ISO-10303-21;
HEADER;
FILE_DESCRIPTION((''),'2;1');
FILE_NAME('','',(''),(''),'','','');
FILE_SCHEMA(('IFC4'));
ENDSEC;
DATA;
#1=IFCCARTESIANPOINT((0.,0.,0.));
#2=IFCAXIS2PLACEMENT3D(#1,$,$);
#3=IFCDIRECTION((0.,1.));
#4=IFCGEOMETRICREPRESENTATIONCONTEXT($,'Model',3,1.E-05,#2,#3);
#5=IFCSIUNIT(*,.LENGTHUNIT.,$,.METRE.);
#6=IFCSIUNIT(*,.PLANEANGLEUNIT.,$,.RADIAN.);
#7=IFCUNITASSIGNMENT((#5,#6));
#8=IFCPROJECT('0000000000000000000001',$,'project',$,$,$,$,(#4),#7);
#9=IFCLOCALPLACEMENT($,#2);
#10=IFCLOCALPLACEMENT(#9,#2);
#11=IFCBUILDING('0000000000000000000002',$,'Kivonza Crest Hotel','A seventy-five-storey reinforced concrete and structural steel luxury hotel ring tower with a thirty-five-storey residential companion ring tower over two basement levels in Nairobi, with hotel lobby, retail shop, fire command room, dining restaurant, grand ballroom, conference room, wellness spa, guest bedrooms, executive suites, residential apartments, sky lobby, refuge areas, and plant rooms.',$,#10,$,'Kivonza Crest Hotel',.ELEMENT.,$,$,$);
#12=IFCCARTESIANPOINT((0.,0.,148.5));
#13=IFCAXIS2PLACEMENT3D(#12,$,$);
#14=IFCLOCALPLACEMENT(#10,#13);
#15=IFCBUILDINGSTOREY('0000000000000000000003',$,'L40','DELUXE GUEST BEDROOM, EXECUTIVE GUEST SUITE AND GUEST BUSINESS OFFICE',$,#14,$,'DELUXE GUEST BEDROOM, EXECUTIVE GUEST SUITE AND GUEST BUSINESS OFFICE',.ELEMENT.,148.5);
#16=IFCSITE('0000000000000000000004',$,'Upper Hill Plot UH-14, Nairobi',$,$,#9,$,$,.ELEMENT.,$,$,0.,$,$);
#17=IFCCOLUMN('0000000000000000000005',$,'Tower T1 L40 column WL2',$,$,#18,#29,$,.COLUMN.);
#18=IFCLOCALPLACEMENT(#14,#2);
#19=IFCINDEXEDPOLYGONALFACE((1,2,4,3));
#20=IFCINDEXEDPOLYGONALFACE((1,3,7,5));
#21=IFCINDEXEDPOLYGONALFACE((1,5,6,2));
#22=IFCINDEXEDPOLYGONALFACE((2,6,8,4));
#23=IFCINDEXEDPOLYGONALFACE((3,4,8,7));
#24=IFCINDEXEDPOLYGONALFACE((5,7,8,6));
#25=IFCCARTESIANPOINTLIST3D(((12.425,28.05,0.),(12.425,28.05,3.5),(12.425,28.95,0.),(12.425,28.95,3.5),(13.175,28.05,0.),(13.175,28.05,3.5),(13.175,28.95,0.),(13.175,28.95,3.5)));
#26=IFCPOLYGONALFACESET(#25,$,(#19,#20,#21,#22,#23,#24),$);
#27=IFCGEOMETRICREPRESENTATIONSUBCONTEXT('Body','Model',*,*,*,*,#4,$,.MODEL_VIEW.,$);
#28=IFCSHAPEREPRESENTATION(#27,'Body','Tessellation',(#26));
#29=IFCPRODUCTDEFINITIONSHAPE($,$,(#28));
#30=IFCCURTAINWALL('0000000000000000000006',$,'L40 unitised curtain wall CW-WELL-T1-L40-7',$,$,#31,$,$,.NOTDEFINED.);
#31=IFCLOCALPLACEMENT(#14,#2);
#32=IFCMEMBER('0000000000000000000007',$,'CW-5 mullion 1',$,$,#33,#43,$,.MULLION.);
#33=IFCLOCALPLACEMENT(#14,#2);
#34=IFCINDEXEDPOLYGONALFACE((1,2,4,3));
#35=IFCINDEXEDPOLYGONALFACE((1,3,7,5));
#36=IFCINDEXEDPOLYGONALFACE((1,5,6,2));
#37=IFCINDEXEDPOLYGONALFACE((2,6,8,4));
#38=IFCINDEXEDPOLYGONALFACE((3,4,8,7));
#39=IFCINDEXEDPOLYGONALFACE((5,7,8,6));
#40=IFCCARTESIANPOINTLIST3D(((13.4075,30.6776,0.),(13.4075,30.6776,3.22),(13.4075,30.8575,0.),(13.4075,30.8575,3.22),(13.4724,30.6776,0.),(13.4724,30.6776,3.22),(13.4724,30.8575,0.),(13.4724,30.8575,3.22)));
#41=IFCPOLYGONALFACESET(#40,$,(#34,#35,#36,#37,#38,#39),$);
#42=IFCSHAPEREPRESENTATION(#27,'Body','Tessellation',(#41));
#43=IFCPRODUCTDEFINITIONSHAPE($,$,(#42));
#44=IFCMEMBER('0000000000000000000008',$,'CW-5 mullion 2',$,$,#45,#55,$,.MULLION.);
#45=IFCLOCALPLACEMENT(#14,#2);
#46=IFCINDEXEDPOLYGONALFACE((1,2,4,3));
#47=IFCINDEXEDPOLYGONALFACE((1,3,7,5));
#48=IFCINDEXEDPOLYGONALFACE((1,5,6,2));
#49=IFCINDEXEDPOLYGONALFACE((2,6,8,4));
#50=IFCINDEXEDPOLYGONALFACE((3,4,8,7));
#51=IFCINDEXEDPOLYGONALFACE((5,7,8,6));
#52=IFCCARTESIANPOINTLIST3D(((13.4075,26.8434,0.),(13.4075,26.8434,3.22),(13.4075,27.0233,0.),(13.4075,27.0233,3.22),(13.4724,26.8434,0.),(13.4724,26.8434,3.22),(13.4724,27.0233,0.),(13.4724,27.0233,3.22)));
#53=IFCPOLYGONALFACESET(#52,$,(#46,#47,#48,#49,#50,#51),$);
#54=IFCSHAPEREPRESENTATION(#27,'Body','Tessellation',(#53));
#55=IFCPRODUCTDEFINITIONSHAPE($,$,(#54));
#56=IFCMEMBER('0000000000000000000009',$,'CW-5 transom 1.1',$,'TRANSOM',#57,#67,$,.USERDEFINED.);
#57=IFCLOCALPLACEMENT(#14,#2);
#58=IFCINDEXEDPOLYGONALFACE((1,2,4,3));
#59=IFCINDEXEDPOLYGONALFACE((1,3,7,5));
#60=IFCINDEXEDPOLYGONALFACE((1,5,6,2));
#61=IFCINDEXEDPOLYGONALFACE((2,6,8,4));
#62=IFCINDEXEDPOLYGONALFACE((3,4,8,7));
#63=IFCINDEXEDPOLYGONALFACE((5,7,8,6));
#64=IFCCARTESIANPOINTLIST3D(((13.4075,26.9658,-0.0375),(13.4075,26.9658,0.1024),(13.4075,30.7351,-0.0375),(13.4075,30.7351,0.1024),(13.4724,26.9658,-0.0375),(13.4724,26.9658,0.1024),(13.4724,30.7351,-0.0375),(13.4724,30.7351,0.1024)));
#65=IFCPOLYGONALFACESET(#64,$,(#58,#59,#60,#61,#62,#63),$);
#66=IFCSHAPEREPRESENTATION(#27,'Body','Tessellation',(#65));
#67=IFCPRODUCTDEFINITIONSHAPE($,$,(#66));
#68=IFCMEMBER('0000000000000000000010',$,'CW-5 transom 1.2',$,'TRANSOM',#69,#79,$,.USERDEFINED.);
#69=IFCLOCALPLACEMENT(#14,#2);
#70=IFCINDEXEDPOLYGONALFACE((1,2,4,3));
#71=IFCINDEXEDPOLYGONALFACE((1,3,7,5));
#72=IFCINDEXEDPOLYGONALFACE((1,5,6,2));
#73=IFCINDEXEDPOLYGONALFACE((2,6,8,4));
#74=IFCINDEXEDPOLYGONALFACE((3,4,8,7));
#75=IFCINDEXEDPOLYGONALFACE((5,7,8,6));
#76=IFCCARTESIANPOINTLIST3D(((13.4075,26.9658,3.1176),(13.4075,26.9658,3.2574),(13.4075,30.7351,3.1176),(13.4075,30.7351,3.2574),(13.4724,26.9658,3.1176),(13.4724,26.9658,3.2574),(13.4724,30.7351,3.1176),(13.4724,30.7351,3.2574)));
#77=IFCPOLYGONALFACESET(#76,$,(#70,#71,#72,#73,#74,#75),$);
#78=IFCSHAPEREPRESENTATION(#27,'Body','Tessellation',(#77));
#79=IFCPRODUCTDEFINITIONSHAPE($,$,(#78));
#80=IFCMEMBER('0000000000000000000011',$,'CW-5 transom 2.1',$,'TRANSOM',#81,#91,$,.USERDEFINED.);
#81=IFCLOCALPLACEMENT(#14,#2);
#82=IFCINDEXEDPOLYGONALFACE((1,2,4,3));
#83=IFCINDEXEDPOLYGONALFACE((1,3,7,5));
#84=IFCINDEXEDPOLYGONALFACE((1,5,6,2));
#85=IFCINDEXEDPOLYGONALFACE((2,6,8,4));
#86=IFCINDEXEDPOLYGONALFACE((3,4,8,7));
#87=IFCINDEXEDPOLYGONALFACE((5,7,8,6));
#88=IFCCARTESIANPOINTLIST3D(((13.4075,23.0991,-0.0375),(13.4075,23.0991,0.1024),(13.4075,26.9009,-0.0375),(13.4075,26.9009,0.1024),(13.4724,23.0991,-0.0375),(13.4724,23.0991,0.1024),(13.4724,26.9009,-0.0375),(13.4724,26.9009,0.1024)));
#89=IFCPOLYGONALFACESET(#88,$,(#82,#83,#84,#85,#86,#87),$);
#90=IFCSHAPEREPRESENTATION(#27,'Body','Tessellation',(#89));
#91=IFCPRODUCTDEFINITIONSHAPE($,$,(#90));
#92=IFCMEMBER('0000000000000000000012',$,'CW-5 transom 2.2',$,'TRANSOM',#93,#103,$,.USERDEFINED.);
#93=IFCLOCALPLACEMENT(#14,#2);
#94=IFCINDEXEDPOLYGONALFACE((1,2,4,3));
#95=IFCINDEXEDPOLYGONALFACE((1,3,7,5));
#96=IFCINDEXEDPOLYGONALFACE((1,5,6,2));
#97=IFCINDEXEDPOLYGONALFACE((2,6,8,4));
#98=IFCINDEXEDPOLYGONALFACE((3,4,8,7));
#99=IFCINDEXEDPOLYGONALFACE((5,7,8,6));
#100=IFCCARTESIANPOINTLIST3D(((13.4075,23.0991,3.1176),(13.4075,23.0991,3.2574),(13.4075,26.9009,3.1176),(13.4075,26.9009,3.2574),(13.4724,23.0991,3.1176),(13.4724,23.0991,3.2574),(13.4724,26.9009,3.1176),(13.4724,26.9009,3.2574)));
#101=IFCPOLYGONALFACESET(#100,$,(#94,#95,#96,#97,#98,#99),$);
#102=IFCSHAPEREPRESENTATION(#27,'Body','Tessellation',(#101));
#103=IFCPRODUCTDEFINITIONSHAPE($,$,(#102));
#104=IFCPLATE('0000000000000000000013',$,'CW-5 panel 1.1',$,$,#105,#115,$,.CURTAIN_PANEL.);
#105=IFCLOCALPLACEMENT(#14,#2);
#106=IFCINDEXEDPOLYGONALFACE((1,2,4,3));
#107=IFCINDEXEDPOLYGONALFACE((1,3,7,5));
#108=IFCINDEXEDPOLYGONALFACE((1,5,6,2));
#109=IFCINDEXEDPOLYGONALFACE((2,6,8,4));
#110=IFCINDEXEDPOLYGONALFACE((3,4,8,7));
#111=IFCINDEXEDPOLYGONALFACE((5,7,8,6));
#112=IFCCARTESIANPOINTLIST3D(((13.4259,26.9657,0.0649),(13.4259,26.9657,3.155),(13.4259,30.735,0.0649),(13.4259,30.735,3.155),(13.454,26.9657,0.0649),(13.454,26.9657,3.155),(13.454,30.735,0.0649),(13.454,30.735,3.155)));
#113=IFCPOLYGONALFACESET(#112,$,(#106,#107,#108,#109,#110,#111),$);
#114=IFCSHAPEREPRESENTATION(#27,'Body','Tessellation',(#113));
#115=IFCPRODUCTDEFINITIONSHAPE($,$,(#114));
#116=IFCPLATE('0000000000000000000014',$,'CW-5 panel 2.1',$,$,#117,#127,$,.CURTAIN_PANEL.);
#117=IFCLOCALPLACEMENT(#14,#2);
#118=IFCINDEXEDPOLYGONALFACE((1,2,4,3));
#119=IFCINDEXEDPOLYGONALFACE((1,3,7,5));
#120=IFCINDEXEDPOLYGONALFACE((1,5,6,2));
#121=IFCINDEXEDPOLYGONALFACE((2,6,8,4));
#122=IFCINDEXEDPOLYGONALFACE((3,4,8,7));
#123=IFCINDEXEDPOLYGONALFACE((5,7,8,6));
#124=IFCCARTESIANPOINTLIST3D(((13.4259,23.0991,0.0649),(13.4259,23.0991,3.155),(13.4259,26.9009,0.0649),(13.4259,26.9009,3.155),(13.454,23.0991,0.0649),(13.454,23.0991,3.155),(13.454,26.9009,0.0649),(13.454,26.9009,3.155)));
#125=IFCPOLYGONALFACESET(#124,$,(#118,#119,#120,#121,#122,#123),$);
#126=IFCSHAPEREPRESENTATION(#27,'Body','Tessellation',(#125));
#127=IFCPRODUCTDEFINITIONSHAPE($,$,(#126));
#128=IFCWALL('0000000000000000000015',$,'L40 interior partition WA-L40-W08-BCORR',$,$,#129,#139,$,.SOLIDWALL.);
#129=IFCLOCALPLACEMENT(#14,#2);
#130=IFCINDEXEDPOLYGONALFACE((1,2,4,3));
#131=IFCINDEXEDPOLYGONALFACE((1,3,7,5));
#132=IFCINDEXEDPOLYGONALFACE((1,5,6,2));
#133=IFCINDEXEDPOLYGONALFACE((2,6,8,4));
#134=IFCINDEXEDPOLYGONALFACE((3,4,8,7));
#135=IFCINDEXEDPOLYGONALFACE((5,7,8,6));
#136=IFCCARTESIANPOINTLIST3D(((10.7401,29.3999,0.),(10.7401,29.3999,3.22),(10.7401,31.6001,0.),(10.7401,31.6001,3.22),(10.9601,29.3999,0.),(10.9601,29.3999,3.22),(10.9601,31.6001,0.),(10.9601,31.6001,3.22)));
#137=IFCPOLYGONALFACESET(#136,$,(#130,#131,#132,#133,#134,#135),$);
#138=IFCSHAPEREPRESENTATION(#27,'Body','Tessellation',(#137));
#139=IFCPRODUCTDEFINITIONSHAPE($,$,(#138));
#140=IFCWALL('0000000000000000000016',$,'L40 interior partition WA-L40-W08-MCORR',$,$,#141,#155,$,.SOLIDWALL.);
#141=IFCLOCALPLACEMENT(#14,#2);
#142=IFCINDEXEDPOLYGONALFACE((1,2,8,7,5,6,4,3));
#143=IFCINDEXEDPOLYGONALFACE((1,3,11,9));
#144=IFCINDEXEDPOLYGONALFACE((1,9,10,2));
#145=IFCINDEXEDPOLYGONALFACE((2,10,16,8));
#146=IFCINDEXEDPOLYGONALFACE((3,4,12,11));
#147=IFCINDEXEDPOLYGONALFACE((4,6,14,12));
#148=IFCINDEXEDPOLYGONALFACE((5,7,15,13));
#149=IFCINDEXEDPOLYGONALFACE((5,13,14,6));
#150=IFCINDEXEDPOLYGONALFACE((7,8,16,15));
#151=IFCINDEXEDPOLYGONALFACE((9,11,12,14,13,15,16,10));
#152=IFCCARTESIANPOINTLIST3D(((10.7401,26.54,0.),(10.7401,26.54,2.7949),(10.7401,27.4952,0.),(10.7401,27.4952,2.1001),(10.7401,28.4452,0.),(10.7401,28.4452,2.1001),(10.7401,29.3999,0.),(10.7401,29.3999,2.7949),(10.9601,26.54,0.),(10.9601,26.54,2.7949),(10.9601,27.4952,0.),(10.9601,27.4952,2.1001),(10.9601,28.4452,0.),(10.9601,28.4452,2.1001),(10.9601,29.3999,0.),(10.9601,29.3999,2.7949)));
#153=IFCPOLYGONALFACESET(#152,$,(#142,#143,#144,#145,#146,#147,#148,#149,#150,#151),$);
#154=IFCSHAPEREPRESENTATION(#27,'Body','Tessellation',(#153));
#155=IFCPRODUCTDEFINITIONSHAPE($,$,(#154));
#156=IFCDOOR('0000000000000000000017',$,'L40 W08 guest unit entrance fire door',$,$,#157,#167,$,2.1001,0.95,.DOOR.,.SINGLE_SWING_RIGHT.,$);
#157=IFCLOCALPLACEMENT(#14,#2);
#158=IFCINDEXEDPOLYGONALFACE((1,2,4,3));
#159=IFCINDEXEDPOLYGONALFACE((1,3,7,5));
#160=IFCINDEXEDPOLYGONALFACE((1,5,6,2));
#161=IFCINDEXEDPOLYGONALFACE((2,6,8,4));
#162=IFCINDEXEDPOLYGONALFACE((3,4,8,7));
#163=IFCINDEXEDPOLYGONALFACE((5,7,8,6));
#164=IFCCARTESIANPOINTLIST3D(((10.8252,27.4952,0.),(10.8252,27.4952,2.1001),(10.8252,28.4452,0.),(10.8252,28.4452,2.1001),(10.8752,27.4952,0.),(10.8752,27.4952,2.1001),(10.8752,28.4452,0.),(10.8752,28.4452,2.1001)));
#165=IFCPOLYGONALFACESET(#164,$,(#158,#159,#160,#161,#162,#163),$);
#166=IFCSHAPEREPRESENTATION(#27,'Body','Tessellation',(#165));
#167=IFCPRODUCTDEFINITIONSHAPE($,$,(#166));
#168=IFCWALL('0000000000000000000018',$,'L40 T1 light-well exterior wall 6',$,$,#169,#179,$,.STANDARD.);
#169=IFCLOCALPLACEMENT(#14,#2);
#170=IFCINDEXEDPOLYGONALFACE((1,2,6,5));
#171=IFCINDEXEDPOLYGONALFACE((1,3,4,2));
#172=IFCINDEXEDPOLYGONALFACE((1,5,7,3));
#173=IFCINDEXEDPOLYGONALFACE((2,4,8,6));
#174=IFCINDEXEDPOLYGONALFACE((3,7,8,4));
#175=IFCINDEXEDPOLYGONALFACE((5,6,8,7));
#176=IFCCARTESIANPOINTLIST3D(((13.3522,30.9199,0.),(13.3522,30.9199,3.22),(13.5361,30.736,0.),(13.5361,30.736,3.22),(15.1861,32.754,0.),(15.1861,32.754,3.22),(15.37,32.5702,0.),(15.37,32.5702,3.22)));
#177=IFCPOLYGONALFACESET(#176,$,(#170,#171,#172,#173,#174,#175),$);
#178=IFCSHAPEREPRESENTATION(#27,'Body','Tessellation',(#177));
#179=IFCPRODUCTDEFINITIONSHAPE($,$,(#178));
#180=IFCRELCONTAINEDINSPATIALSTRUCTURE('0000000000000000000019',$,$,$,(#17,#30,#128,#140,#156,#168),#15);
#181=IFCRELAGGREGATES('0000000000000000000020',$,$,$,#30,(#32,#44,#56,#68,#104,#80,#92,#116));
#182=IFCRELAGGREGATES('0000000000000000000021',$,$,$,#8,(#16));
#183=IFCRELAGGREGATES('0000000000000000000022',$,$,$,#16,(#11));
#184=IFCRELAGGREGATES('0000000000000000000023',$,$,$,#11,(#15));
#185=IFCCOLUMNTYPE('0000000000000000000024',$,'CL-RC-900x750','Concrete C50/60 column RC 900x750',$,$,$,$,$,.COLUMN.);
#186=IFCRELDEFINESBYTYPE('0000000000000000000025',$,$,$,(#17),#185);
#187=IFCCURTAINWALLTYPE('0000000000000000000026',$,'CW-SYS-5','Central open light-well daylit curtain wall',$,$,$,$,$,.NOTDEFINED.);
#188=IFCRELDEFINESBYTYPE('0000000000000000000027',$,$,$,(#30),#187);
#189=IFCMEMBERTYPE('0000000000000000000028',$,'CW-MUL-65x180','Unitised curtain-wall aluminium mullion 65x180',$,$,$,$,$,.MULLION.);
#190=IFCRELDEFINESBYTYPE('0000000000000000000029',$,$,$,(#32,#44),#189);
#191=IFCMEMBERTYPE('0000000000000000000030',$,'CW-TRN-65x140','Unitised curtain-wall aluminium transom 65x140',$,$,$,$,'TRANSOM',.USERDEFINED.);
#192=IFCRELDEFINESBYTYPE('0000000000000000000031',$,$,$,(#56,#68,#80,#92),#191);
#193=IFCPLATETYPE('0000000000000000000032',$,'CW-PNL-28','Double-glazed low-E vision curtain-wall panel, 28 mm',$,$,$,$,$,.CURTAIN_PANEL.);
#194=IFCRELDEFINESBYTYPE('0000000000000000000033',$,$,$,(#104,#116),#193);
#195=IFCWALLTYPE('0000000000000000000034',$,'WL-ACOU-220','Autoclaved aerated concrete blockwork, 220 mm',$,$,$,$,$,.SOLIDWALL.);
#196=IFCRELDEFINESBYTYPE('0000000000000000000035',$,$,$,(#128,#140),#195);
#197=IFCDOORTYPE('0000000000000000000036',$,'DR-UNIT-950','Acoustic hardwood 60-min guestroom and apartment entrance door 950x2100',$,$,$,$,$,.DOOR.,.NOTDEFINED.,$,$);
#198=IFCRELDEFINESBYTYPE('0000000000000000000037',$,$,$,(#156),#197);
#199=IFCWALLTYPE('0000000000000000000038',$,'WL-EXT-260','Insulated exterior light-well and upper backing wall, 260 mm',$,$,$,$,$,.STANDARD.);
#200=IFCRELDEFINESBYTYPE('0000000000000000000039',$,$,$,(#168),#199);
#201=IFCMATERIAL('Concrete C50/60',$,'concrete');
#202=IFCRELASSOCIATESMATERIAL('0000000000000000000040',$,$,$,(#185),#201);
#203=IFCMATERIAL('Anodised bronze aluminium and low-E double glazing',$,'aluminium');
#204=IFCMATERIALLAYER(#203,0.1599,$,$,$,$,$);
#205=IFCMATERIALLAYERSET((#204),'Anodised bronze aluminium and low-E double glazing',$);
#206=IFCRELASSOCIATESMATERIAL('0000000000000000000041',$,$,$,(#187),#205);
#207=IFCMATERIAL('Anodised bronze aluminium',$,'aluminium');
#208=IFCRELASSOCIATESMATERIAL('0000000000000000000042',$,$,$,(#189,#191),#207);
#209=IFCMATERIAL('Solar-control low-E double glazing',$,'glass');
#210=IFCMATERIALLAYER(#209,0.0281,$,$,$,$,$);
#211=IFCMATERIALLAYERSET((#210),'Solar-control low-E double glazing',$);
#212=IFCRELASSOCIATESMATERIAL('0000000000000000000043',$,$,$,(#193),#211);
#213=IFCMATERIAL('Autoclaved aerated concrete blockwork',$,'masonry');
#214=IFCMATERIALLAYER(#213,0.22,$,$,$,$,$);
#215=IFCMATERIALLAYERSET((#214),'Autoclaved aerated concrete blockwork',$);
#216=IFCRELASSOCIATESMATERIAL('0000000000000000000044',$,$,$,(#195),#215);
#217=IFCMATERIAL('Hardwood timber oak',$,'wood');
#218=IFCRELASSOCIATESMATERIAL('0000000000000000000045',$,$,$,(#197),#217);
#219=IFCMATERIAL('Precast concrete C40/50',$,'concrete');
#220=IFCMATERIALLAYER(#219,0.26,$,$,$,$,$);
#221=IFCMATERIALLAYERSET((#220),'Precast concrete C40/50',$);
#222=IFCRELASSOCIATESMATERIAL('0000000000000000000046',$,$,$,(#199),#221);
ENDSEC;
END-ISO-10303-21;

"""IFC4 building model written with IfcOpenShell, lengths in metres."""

from ifc_helpers import new_model, si_unit, direction, frame, frame_2d, origin, origin_2d, place, context, subcontext, project, spatial, rectangle, extrude, material, layer, layer_set, material_profile, profile_set, type_object, element, fill, aggregate, save


model = new_model("IFC4")

# Units and contexts
model_context = context("Model", 3, precision=1e-05, world=origin(), true_north=direction((0.0, 1.0)))
body_context = subcontext(model_context, "Body", "Model", "MODEL_VIEW")
ifc_project = project(units=[si_unit("LENGTHUNIT", "METRE"), si_unit("PLANEANGLEUNIT", "RADIAN")], contexts=[model_context])

# Site, building, storey
site_placement = place(None, origin())
site = spatial("IfcSite", under=ifc_project, at=site_placement, Name="Upper Hill Plot UH-14, Nairobi", CompositionType="ELEMENT", RefElevation=0.0)
building_placement = place(site_placement, origin())
building = spatial("IfcBuilding", under=site, at=building_placement, Name="Kivonza Crest Hotel", Description="A seventy-five-storey reinforced concrete and structural steel luxury hotel ring tower with a thirty-five-storey residential companion ring tower over two basement levels in Nairobi, with hotel lobby, retail shop, fire command room, dining restaurant, grand ballroom, conference room, wellness spa, guest bedrooms, executive suites, residential apartments, sky lobby, refuge areas, and plant rooms.", LongName="Kivonza Crest Hotel", CompositionType="ELEMENT")
storey_placement = place(building_placement, frame((0.0, 0.0, 148.5)))
storey = spatial("IfcBuildingStorey", under=building, at=storey_placement, Name="L40", Description="DELUXE GUEST BEDROOM, EXECUTIVE GUEST SUITE AND GUEST BUSINESS OFFICE", LongName="DELUXE GUEST BEDROOM, EXECUTIVE GUEST SUITE AND GUEST BUSINESS OFFICE", CompositionType="ELEMENT", Elevation=148.5)

# Column
ifc_material_1 = material(Name="Concrete C50/60", Category="concrete")
ifc_material_profile_1 = material_profile(ifc_material_1, rectangle(XDim=0.75, YDim=0.8999, at=origin_2d()), Name="RC 900x750")
ifc_profile_set_1 = profile_set([ifc_material_profile_1], Name="Concrete C50/60")
column_type = type_object("IfcColumnType", Name="CL-RC-900x750", Description="Concrete C50/60 column RC 900x750", PredefinedType="COLUMN", material=ifc_profile_set_1)
column_placement = place(storey_placement, frame((12.8, 28.5, 0.0), z_axis=(0.0, 0.0, 1.0), x_axis=(1.0, 0.0, 0.0)))
element("IfcColumn", 1, at=column_placement, inside=storey, type_object=column_type, Name="Tower T1 L40 column WL2", PredefinedType="COLUMN", context=body_context, shape_type="SweptSolid", body=[
    extrude(rectangle(XDim=0.75, YDim=0.8999, at=origin_2d()), origin(), (0.0, 0.0, 1.0), 3.5),
])

# Curtain wall, members, plates
ifc_material_2 = material(Name="Anodised bronze aluminium and low-E double glazing", Category="aluminium")
ifc_layer_1 = layer(ifc_material_2, 0.1599)
ifc_layer_set_1 = layer_set([ifc_layer_1], Name="Anodised bronze aluminium and low-E double glazing")
curtain_wall_type = type_object("IfcCurtainWallType", Name="CW-SYS-5", Description="Central open light-well daylit curtain wall", PredefinedType="NOTDEFINED", material=ifc_layer_set_1)
curtain_wall_placement = place(storey_placement, origin())
curtain_wall = element("IfcCurtainWall", 2, at=curtain_wall_placement, inside=storey, type_object=curtain_wall_type, Name="L40 unitised curtain wall CW-WELL-T1-L40-7", PredefinedType="NOTDEFINED")
ifc_material_3 = material(Name="Anodised bronze aluminium", Category="aluminium")
ifc_material_profile_2 = material_profile(ifc_material_3, rectangle(XDim=0.0649, YDim=0.1799, at=origin_2d()), Name="CW-M 65x180")
ifc_profile_set_2 = profile_set([ifc_material_profile_2], Name="Anodised bronze aluminium")
member_type_1 = type_object("IfcMemberType", Name="CW-MUL-65x180", Description="Unitised curtain-wall aluminium mullion 65x180", PredefinedType="MULLION", material=ifc_profile_set_2)
member_1_placement = place(storey_placement, frame((13.4399, 30.7676, 0.0), z_axis=(0.0, 0.0, 1.0), x_axis=(1.0, 0.0, 0.0)))
member_1 = element("IfcMember", 3, at=member_1_placement, type_object=member_type_1, Name="CW-5 mullion 1", PredefinedType="MULLION", context=body_context, shape_type="SweptSolid", body=[
    extrude(rectangle(XDim=0.0649, YDim=0.1799, at=origin_2d()), origin(), (0.0, 0.0, 1.0), 3.22),
])
member_2_placement = place(storey_placement, frame((13.4399, 26.9333, 0.0), z_axis=(0.0, 0.0, 1.0), x_axis=(1.0, 0.0, 0.0)))
member_2 = element("IfcMember", 4, at=member_2_placement, type_object=member_type_1, Name="CW-5 mullion 2", PredefinedType="MULLION", context=body_context, shape_type="SweptSolid", body=[
    extrude(rectangle(XDim=0.0649, YDim=0.1799, at=origin_2d()), origin(), (0.0, 0.0, 1.0), 3.22),
])
ifc_material_profile_3 = material_profile(ifc_material_3, rectangle(XDim=0.0649, YDim=0.1399, at=origin_2d()), Name="CW-T 65x140")
ifc_profile_set_3 = profile_set([ifc_material_profile_3], Name="Anodised bronze aluminium")
member_type_2 = type_object("IfcMemberType", Name="CW-TRN-65x140", Description="Unitised curtain-wall aluminium transom 65x140", ElementType="TRANSOM", PredefinedType="USERDEFINED", material=ifc_profile_set_3)
member_3_placement = place(storey_placement, frame((13.4399, 30.7351, 0.0325), z_axis=(0.0, -1.0, 0.0), x_axis=(1.0, 0.0, 0.0)))
member_3 = element("IfcMember", 5, at=member_3_placement, type_object=member_type_2, Name="CW-5 transom 1.1", ObjectType="TRANSOM", PredefinedType="USERDEFINED", context=body_context, shape_type="SweptSolid", body=[
    extrude(rectangle(XDim=0.0649, YDim=0.1399, at=origin_2d()), origin(), (0.0, 0.0, 1.0), 3.7693),
])
member_4_placement = place(storey_placement, frame((13.4399, 30.7351, 3.1875), z_axis=(0.0, -1.0, 0.0), x_axis=(1.0, 0.0, 0.0)))
member_4 = element("IfcMember", 6, at=member_4_placement, type_object=member_type_2, Name="CW-5 transom 1.2", ObjectType="TRANSOM", PredefinedType="USERDEFINED", context=body_context, shape_type="SweptSolid", body=[
    extrude(rectangle(XDim=0.0649, YDim=0.1399, at=origin_2d()), origin(), (0.0, 0.0, 1.0), 3.7693),
])
member_5_placement = place(storey_placement, frame((13.4399, 26.9009, 0.0325), z_axis=(0.0, -1.0, 0.0), x_axis=(1.0, 0.0, 0.0)))
member_5 = element("IfcMember", 7, at=member_5_placement, type_object=member_type_2, Name="CW-5 transom 2.1", ObjectType="TRANSOM", PredefinedType="USERDEFINED", context=body_context, shape_type="SweptSolid", body=[
    extrude(rectangle(XDim=0.0649, YDim=0.1399, at=origin_2d()), origin(), (0.0, 0.0, 1.0), 3.8018),
])
member_6_placement = place(storey_placement, frame((13.4399, 26.9009, 3.1875), z_axis=(0.0, -1.0, 0.0), x_axis=(1.0, 0.0, 0.0)))
member_6 = element("IfcMember", 8, at=member_6_placement, type_object=member_type_2, Name="CW-5 transom 2.2", ObjectType="TRANSOM", PredefinedType="USERDEFINED", context=body_context, shape_type="SweptSolid", body=[
    extrude(rectangle(XDim=0.0649, YDim=0.1399, at=origin_2d()), origin(), (0.0, 0.0, 1.0), 3.8018),
])
ifc_material_4 = material(Name="Solar-control low-E double glazing", Category="glass")
ifc_layer_2 = layer(ifc_material_4, 0.0281)
ifc_layer_set_2 = layer_set([ifc_layer_2], Name="Solar-control low-E double glazing")
plate_type = type_object("IfcPlateType", Name="CW-PNL-28", Description="Double-glazed low-E vision curtain-wall panel, 28 mm", PredefinedType="CURTAIN_PANEL", material=ifc_layer_set_2)
plate_1_placement = place(storey_placement, frame((13.4399, 28.8503, 0.0649), z_axis=(0.0, 0.0, 1.0), x_axis=(0.0, -1.0, 0.0)))
plate_1 = element("IfcPlate", 9, at=plate_1_placement, type_object=plate_type, Name="CW-5 panel 1.1", PredefinedType="CURTAIN_PANEL", context=body_context, shape_type="SweptSolid", body=[
    extrude(rectangle(XDim=3.7693, YDim=0.0281, at=origin_2d()), origin(), (0.0, 0.0, 1.0), 3.0901),
])
plate_2_placement = place(storey_placement, frame((13.4399, 25.0, 0.0649), z_axis=(0.0, 0.0, 1.0), x_axis=(0.0, -1.0, 0.0)))
plate_2 = element("IfcPlate", 10, at=plate_2_placement, type_object=plate_type, Name="CW-5 panel 2.1", PredefinedType="CURTAIN_PANEL", context=body_context, shape_type="SweptSolid", body=[
    extrude(rectangle(XDim=3.8018, YDim=0.0281, at=origin_2d()), origin(), (0.0, 0.0, 1.0), 3.0901),
])
aggregate(curtain_wall, [member_1, member_2, member_3, member_4, plate_1, member_5, member_6, plate_2])

# Wall
ifc_material_5 = material(Name="Autoclaved aerated concrete blockwork", Category="masonry")
ifc_layer_3 = layer(ifc_material_5, 0.22)
ifc_layer_set_3 = layer_set([ifc_layer_3], Name="Autoclaved aerated concrete blockwork")
wall_type_1 = type_object("IfcWallType", Name="WL-ACOU-220", Description="Autoclaved aerated concrete blockwork, 220 mm", PredefinedType="SOLIDWALL", material=ifc_layer_set_3)
wall_1_placement = place(storey_placement, frame((10.8501, 29.3999, 0.0), z_axis=(0.0, 0.0, 1.0), x_axis=(0.0, 1.0, 0.0)))
element("IfcWall", 11, at=wall_1_placement, inside=storey, type_object=wall_type_1, Name="L40 interior partition WA-L40-W08-BCORR", PredefinedType="SOLIDWALL", context=body_context, shape_type="SweptSolid", body=[
    extrude(rectangle(XDim=2.2002, YDim=0.22, at=frame_2d((1.1001, 0.0))), origin(), (0.0, 0.0, 1.0), 3.22),
])

# Wall, opening, door
wall_2_placement = place(storey_placement, frame((10.8501, 26.54, 0.0), z_axis=(0.0, 0.0, 1.0), x_axis=(0.0, 1.0, 0.0)))
wall_2 = element("IfcWall", 12, at=wall_2_placement, inside=storey, type_object=wall_type_1, Name="L40 interior partition WA-L40-W08-MCORR", PredefinedType="SOLIDWALL", context=body_context, shape_type="SweptSolid", body=[
    extrude(rectangle(XDim=2.8599, YDim=0.22, at=frame_2d((1.4299, 0.0))), origin(), (0.0, 0.0, 1.0), 2.7949),
])
opening_1_placement = place(wall_2_placement, frame((0.9551, 0.0, 0.0)))
opening_1 = element("IfcOpeningElement", 13, at=opening_1_placement, cuts=wall_2, PredefinedType="OPENING", context=body_context, shape_type="SweptSolid", body=[
    extrude(rectangle(XDim=0.95, YDim=2.1001, at=frame_2d((0.4751, 1.05))), frame((0.0, 0.1201, 0.0), z_axis=(0.0, -1.0, 0.0), x_axis=(1.0, 0.0, 0.0)), (0.0, 0.0, 1.0), 0.24),
])
ifc_material_6 = material(Name="Hardwood timber oak", Category="wood")
door_type_1 = type_object("IfcDoorType", Name="DR-UNIT-950", Description="Acoustic hardwood 60-min guestroom and apartment entrance door 950x2100", OperationType="NOTDEFINED", PredefinedType="DOOR", material=ifc_material_6)
door_1_placement = place(opening_1_placement, origin())
door_1 = element("IfcDoor", 14, at=door_1_placement, inside=storey, type_object=door_type_1, Name="L40 W08 guest unit entrance fire door", OperationType="SINGLE_SWING_RIGHT", OverallHeight=2.1001, OverallWidth=0.95, PredefinedType="DOOR", context=body_context, shape_type="SweptSolid", body=[
    extrude(rectangle(XDim=0.95, YDim=2.1001, at=frame_2d((0.4751, 1.05))), frame((0.0, 0.0249, 0.0), z_axis=(0.0, -1.0, 0.0), x_axis=(1.0, 0.0, 0.0)), (0.0, 0.0, 1.0), 0.05),
])
fill(opening_1, door_1)

# Wall
ifc_material_7 = material(Name="Precast concrete C40/50", Category="concrete")
ifc_layer_4 = layer(ifc_material_7, 0.26)
ifc_layer_set_4 = layer_set([ifc_layer_4], Name="Precast concrete C40/50")
wall_type_2 = type_object("IfcWallType", Name="WL-EXT-260", Description="Insulated exterior light-well and upper backing wall, 260 mm", PredefinedType="STANDARD", material=ifc_layer_set_4)
wall_3_placement = place(storey_placement, frame((15.2781, 32.6621, 0.0), z_axis=(0.0, 0.0, 1.0), x_axis=(-0.70706, -0.707154, 0.0)))
element("IfcWall", 15, at=wall_3_placement, inside=storey, type_object=wall_type_2, Name="L40 T1 light-well exterior wall 6", PredefinedType="STANDARD", context=body_context, shape_type="SweptSolid", body=[
    extrude(rectangle(XDim=2.5938, YDim=0.26, at=frame_2d((1.2969, 0.0))), origin(), (0.0, 0.0, 1.0), 3.22),
])

save(model, "model.ifc")
